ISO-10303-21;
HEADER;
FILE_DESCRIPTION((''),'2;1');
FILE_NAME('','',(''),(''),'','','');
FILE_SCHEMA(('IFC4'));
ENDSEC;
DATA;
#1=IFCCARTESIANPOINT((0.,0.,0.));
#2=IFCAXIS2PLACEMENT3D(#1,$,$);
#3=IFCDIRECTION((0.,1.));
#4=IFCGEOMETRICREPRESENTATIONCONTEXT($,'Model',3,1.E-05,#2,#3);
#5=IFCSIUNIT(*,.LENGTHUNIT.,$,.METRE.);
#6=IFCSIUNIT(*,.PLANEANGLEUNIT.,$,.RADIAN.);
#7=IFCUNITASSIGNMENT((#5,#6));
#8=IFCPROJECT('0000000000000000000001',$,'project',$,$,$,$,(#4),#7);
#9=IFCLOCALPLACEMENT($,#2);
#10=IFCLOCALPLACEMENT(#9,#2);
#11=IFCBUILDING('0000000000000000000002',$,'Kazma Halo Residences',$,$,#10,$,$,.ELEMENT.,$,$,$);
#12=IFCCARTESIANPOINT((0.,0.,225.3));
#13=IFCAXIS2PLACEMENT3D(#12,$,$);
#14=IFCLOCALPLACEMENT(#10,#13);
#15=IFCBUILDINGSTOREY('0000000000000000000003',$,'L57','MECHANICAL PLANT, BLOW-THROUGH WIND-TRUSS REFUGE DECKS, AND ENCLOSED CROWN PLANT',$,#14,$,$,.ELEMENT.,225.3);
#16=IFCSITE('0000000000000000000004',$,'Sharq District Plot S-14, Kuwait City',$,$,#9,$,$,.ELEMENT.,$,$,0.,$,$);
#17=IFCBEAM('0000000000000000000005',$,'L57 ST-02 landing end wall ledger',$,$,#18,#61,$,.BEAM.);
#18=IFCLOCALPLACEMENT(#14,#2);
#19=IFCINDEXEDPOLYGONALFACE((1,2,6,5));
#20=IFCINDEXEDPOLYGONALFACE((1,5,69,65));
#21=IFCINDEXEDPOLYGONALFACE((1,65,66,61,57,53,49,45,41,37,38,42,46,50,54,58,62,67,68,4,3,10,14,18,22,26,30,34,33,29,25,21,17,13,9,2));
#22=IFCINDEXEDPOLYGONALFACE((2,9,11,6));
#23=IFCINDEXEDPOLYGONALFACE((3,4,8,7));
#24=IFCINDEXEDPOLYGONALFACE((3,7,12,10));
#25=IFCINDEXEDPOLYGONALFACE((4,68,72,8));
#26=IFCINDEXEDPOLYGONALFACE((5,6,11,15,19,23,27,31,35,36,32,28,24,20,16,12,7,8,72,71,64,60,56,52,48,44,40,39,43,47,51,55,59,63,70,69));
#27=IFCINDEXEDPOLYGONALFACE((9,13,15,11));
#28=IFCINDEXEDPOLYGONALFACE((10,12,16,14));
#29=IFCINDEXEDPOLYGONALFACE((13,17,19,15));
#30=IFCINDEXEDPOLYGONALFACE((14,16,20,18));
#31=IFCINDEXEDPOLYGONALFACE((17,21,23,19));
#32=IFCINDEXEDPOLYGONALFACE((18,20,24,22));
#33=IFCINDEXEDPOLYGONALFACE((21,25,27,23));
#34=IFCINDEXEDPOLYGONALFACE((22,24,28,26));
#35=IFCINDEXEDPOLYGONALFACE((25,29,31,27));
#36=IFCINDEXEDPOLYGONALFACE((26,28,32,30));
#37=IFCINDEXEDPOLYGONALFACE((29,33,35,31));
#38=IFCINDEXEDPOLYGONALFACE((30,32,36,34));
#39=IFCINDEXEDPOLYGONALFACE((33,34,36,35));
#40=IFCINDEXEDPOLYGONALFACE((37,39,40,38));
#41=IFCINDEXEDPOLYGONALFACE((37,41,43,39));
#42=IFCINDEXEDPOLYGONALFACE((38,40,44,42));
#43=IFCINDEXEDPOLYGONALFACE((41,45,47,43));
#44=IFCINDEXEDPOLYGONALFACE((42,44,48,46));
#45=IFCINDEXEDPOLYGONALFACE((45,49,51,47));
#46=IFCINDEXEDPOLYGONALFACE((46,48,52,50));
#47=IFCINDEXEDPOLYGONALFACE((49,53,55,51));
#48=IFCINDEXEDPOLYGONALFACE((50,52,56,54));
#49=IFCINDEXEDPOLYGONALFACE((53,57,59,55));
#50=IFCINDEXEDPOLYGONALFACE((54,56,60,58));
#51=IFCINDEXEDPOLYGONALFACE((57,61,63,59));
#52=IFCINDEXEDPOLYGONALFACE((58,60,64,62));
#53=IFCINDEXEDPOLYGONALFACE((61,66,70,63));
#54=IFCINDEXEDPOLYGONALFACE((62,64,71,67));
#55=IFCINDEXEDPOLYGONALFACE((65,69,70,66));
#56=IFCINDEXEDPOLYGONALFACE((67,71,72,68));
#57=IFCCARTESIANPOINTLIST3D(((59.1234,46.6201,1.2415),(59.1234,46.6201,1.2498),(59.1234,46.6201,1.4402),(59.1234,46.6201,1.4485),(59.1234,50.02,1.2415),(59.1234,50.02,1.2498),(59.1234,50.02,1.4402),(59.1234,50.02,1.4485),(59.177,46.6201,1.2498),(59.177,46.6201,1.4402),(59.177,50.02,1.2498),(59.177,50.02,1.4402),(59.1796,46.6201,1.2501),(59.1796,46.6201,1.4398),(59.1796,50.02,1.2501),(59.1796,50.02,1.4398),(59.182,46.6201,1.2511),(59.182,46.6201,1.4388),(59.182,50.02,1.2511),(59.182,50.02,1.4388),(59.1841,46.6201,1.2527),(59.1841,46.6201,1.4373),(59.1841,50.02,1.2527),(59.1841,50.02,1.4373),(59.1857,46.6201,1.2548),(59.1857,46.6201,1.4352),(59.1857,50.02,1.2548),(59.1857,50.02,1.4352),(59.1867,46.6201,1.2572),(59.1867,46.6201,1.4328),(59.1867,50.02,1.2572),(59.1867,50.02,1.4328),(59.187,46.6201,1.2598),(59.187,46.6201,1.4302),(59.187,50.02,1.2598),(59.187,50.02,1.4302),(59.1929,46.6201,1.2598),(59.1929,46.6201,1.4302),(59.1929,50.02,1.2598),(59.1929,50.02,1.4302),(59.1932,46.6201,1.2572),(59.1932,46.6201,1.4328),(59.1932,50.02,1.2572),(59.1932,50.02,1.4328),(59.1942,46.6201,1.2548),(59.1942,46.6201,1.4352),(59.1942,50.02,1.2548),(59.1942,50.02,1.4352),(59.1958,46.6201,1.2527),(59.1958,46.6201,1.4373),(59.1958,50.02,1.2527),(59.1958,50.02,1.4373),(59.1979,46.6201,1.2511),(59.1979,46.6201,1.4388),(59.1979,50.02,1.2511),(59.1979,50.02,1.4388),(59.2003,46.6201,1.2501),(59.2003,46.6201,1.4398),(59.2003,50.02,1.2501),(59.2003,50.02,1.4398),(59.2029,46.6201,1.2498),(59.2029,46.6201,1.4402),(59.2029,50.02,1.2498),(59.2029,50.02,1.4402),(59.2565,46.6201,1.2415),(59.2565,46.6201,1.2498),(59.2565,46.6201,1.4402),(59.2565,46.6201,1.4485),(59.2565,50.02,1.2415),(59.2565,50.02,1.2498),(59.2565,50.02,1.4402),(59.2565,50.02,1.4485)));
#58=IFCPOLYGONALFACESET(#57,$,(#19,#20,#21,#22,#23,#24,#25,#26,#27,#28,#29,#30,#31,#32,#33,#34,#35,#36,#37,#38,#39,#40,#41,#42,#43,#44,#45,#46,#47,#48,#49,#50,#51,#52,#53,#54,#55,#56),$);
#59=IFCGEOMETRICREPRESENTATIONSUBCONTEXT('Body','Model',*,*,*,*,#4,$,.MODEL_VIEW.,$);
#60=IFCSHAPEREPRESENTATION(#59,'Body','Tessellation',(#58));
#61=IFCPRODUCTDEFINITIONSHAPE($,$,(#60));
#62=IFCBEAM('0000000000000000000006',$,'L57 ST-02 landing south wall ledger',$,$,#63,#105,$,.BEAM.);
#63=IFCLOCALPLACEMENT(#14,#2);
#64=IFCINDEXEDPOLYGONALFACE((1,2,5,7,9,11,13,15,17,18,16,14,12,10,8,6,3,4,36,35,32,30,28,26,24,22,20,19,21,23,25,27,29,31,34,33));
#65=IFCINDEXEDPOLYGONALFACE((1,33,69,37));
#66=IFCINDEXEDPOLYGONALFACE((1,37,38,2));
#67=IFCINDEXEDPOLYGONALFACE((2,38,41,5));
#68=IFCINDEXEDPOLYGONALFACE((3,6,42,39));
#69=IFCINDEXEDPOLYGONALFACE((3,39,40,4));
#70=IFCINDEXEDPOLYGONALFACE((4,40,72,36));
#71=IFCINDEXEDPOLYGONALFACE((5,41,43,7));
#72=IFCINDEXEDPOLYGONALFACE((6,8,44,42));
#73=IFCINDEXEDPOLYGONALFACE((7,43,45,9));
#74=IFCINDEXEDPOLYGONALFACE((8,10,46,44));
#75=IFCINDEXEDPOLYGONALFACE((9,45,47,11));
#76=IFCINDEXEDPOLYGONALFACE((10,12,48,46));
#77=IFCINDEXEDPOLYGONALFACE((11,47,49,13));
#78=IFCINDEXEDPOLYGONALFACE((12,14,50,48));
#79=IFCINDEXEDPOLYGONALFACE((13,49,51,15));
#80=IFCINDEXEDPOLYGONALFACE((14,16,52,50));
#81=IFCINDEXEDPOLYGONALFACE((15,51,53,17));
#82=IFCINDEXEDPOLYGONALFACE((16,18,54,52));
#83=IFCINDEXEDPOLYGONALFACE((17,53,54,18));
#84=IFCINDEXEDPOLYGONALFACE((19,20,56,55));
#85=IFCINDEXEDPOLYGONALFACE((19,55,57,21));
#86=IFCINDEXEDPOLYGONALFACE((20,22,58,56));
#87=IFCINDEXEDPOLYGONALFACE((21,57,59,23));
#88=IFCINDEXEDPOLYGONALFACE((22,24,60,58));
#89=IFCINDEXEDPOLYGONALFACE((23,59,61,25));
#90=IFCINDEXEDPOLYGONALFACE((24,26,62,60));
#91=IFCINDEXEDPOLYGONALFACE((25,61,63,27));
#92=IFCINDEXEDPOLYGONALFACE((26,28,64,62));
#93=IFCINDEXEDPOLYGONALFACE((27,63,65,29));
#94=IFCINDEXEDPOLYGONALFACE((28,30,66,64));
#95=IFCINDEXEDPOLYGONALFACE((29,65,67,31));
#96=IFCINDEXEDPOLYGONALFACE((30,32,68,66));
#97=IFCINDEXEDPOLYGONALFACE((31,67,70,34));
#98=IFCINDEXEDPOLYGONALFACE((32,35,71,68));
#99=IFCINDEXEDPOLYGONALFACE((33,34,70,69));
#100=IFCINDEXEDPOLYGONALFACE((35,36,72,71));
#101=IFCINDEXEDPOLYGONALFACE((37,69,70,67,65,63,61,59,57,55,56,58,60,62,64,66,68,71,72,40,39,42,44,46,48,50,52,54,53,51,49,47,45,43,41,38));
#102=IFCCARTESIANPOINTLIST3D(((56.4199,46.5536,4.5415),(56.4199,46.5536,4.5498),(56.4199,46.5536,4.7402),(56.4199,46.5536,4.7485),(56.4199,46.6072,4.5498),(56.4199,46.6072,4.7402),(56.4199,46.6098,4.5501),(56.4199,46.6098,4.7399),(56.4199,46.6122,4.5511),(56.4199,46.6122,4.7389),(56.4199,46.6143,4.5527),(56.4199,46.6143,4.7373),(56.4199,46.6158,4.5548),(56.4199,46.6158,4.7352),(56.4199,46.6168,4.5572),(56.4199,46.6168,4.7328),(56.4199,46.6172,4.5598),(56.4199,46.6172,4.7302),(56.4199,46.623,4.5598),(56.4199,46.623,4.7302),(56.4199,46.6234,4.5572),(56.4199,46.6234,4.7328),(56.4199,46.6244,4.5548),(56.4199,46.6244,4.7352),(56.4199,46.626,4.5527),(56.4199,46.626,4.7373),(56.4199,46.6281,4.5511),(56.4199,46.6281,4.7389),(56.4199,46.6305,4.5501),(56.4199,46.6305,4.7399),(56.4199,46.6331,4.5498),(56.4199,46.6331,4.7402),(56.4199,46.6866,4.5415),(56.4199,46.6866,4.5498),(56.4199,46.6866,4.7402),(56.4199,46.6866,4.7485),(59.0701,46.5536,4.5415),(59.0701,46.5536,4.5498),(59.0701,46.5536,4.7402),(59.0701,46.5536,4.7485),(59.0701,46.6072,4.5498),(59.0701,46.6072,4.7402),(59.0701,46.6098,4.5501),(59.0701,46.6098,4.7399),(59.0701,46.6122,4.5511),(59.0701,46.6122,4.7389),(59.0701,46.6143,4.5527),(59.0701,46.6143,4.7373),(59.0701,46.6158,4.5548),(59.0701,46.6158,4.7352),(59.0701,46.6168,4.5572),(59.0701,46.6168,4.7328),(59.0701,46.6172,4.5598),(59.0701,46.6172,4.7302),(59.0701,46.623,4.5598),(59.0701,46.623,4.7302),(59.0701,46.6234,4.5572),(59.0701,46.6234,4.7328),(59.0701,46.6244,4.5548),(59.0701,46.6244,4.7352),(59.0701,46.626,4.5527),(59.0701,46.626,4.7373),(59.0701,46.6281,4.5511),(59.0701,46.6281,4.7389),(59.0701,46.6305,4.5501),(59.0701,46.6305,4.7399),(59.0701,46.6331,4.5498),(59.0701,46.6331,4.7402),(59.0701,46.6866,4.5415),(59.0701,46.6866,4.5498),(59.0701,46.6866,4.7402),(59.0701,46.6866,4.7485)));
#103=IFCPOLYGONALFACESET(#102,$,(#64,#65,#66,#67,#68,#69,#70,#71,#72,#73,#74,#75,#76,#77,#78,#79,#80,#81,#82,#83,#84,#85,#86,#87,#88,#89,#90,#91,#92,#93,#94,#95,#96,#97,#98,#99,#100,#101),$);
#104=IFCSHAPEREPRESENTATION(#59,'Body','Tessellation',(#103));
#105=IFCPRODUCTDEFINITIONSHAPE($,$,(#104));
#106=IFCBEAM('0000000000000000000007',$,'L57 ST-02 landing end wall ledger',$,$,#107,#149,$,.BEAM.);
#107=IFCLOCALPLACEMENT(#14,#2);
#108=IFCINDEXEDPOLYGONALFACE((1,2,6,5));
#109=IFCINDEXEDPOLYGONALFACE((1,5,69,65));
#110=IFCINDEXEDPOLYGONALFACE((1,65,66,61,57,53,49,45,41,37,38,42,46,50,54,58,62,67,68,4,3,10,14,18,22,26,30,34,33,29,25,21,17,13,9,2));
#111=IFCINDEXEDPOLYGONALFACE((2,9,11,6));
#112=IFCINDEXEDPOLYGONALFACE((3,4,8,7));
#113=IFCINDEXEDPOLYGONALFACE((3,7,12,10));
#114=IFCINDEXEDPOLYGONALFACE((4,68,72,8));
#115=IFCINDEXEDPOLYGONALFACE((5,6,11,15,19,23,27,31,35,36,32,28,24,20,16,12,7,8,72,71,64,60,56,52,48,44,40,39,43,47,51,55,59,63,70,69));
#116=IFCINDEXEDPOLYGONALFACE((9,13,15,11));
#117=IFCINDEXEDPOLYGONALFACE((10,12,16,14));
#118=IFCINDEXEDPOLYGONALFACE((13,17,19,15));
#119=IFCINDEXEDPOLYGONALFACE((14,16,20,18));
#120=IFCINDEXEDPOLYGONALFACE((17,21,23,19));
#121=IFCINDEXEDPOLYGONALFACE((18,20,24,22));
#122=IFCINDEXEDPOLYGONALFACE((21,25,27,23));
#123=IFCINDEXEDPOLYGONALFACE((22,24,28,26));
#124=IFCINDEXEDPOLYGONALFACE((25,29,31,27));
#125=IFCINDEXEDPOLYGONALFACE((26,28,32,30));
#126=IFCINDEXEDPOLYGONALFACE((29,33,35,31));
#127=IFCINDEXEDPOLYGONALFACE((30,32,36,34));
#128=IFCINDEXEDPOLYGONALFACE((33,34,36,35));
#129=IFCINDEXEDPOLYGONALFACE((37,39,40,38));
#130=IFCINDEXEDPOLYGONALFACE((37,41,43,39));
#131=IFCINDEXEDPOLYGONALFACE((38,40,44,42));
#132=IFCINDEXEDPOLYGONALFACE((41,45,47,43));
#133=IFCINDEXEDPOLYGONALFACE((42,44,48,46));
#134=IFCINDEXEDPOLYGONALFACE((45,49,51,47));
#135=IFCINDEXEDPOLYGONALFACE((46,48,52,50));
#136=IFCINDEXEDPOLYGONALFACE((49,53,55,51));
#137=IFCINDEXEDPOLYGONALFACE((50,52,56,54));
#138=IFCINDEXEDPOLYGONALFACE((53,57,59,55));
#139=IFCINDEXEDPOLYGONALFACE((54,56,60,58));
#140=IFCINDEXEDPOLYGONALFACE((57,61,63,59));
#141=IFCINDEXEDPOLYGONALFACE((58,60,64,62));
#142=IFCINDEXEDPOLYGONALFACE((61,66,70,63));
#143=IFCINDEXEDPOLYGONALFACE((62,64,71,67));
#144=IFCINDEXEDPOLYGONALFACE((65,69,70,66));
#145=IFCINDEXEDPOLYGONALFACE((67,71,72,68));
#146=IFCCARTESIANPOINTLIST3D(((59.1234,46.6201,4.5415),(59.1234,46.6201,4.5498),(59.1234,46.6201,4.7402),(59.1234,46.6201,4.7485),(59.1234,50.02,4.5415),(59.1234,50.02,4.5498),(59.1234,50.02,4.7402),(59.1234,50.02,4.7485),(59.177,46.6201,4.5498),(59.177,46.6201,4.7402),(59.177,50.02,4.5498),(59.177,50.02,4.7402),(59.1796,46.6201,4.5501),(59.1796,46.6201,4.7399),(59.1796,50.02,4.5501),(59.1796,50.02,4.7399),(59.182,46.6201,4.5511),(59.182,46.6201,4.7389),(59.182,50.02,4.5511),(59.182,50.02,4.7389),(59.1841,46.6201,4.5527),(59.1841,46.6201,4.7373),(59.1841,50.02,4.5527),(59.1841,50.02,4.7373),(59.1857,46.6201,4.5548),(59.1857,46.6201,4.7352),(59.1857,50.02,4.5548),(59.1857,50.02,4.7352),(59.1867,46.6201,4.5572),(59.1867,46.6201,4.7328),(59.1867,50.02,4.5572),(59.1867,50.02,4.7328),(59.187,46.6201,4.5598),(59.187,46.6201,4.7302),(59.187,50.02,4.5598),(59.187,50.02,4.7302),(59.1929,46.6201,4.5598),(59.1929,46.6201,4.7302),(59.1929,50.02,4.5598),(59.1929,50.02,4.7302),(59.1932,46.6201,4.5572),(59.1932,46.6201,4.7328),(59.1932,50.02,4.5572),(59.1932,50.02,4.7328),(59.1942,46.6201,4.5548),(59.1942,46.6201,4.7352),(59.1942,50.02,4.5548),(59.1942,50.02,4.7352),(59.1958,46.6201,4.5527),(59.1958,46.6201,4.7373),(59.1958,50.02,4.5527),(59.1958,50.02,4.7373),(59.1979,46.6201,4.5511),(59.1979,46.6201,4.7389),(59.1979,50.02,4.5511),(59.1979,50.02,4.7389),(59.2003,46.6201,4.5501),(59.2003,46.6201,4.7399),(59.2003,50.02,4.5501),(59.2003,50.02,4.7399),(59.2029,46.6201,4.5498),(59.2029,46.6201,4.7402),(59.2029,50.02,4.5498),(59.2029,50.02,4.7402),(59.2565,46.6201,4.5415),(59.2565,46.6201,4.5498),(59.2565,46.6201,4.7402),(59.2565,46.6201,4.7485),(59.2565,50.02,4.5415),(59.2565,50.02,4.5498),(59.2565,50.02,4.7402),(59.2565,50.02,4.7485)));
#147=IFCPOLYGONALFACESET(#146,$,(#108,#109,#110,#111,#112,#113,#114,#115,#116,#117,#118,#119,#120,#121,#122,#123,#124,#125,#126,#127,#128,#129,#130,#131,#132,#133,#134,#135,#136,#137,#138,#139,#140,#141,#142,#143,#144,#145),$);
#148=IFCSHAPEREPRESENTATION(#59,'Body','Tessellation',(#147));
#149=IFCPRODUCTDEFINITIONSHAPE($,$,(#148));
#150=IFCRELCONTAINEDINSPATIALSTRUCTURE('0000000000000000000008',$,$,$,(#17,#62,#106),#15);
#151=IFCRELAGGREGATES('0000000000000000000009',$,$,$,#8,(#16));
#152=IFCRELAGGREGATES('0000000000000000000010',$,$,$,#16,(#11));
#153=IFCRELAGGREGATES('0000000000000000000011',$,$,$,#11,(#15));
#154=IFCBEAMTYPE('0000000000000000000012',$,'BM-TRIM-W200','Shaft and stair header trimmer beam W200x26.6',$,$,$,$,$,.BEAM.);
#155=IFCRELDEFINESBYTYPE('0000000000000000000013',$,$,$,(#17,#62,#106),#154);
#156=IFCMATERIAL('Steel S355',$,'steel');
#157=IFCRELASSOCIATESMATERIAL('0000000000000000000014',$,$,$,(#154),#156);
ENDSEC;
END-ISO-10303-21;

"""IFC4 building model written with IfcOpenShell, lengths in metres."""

from ifc_helpers import new_model, si_unit, direction, frame, origin, origin_2d, place, context, subcontext, project, spatial, i_section, extrude, material, material_profile, profile_set, type_object, element, save


model = new_model("IFC4")

# Units and contexts
model_context = context("Model", 3, precision=1e-05, world=origin(), true_north=direction((0.0, 1.0)))
body_context = subcontext(model_context, "Body", "Model", "MODEL_VIEW")
ifc_project = project(units=[si_unit("LENGTHUNIT", "METRE"), si_unit("PLANEANGLEUNIT", "RADIAN")], contexts=[model_context])

# Site, building, storey
site_placement = place(None, origin())
site = spatial("IfcSite", under=ifc_project, at=site_placement, Name="Sharq District Plot S-14, Kuwait City", CompositionType="ELEMENT", RefElevation=0.0)
building_placement = place(site_placement, origin())
building = spatial("IfcBuilding", under=site, at=building_placement, Name="Kazma Halo Residences", CompositionType="ELEMENT")
storey_placement = place(building_placement, frame((0.0, 0.0, 225.3)))
storey = spatial("IfcBuildingStorey", under=building, at=storey_placement, Name="L57", Description="MECHANICAL PLANT, BLOW-THROUGH WIND-TRUSS REFUGE DECKS, AND ENCLOSED CROWN PLANT", CompositionType="ELEMENT", Elevation=225.3)

# Shared definitions
ifc_material_1 = material(Name="Steel S355", Category="steel")

# Beams
ifc_material_profile_1 = material_profile(ifc_material_1, i_section(OverallWidth=0.1331, OverallDepth=0.207, WebThickness=0.0059, FlangeThickness=0.0083, FilletRadius=0.01, at=origin_2d()), Name="W200x26.6")
ifc_profile_set_1 = profile_set([ifc_material_profile_1], Name="Steel S355")
beam_type_1 = type_object("IfcBeamType", Name="BM-TRIM-W200", Description="Shaft and stair header trimmer beam W200x26.6", PredefinedType="BEAM", material=ifc_profile_set_1)
beam_1_placement = place(storey_placement, frame((59.1899, 46.6201, 1.345), z_axis=(0.0, 1.0, 0.0), x_axis=(-1.0, 0.0, 0.0)))
element("IfcBeam", 1, at=beam_1_placement, inside=storey, type_object=beam_type_1, Name="L57 ST-02 landing end wall ledger", PredefinedType="BEAM", context=body_context, shape_type="SweptSolid", body=[
    extrude(i_section(OverallWidth=0.1331, OverallDepth=0.207, WebThickness=0.0059, FlangeThickness=0.0083, FilletRadius=0.01, at=origin_2d()), origin(), (0.0, 0.0, 1.0), 3.3999),
])
beam_2_placement = place(storey_placement, frame((56.4199, 46.6201, 4.645), z_axis=(1.0, 0.0, 0.0), x_axis=(0.0, 1.0, 0.0)))
element("IfcBeam", 2, at=beam_2_placement, inside=storey, type_object=beam_type_1, Name="L57 ST-02 landing south wall ledger", PredefinedType="BEAM", context=body_context, shape_type="SweptSolid", body=[
    extrude(i_section(OverallWidth=0.1331, OverallDepth=0.207, WebThickness=0.0059, FlangeThickness=0.0083, FilletRadius=0.01, at=origin_2d()), origin(), (0.0, 0.0, 1.0), 2.6501),
])
beam_3_placement = place(storey_placement, frame((59.1899, 46.6201, 4.645), z_axis=(0.0, 1.0, 0.0), x_axis=(-1.0, 0.0, 0.0)))
element("IfcBeam", 3, at=beam_3_placement, inside=storey, type_object=beam_type_1, Name="L57 ST-02 landing end wall ledger", PredefinedType="BEAM", context=body_context, shape_type="SweptSolid", body=[
    extrude(i_section(OverallWidth=0.1331, OverallDepth=0.207, WebThickness=0.0059, FlangeThickness=0.0083, FilletRadius=0.01, at=origin_2d()), origin(), (0.0, 0.0, 1.0), 3.3999),
])

save(model, "model.ifc")
